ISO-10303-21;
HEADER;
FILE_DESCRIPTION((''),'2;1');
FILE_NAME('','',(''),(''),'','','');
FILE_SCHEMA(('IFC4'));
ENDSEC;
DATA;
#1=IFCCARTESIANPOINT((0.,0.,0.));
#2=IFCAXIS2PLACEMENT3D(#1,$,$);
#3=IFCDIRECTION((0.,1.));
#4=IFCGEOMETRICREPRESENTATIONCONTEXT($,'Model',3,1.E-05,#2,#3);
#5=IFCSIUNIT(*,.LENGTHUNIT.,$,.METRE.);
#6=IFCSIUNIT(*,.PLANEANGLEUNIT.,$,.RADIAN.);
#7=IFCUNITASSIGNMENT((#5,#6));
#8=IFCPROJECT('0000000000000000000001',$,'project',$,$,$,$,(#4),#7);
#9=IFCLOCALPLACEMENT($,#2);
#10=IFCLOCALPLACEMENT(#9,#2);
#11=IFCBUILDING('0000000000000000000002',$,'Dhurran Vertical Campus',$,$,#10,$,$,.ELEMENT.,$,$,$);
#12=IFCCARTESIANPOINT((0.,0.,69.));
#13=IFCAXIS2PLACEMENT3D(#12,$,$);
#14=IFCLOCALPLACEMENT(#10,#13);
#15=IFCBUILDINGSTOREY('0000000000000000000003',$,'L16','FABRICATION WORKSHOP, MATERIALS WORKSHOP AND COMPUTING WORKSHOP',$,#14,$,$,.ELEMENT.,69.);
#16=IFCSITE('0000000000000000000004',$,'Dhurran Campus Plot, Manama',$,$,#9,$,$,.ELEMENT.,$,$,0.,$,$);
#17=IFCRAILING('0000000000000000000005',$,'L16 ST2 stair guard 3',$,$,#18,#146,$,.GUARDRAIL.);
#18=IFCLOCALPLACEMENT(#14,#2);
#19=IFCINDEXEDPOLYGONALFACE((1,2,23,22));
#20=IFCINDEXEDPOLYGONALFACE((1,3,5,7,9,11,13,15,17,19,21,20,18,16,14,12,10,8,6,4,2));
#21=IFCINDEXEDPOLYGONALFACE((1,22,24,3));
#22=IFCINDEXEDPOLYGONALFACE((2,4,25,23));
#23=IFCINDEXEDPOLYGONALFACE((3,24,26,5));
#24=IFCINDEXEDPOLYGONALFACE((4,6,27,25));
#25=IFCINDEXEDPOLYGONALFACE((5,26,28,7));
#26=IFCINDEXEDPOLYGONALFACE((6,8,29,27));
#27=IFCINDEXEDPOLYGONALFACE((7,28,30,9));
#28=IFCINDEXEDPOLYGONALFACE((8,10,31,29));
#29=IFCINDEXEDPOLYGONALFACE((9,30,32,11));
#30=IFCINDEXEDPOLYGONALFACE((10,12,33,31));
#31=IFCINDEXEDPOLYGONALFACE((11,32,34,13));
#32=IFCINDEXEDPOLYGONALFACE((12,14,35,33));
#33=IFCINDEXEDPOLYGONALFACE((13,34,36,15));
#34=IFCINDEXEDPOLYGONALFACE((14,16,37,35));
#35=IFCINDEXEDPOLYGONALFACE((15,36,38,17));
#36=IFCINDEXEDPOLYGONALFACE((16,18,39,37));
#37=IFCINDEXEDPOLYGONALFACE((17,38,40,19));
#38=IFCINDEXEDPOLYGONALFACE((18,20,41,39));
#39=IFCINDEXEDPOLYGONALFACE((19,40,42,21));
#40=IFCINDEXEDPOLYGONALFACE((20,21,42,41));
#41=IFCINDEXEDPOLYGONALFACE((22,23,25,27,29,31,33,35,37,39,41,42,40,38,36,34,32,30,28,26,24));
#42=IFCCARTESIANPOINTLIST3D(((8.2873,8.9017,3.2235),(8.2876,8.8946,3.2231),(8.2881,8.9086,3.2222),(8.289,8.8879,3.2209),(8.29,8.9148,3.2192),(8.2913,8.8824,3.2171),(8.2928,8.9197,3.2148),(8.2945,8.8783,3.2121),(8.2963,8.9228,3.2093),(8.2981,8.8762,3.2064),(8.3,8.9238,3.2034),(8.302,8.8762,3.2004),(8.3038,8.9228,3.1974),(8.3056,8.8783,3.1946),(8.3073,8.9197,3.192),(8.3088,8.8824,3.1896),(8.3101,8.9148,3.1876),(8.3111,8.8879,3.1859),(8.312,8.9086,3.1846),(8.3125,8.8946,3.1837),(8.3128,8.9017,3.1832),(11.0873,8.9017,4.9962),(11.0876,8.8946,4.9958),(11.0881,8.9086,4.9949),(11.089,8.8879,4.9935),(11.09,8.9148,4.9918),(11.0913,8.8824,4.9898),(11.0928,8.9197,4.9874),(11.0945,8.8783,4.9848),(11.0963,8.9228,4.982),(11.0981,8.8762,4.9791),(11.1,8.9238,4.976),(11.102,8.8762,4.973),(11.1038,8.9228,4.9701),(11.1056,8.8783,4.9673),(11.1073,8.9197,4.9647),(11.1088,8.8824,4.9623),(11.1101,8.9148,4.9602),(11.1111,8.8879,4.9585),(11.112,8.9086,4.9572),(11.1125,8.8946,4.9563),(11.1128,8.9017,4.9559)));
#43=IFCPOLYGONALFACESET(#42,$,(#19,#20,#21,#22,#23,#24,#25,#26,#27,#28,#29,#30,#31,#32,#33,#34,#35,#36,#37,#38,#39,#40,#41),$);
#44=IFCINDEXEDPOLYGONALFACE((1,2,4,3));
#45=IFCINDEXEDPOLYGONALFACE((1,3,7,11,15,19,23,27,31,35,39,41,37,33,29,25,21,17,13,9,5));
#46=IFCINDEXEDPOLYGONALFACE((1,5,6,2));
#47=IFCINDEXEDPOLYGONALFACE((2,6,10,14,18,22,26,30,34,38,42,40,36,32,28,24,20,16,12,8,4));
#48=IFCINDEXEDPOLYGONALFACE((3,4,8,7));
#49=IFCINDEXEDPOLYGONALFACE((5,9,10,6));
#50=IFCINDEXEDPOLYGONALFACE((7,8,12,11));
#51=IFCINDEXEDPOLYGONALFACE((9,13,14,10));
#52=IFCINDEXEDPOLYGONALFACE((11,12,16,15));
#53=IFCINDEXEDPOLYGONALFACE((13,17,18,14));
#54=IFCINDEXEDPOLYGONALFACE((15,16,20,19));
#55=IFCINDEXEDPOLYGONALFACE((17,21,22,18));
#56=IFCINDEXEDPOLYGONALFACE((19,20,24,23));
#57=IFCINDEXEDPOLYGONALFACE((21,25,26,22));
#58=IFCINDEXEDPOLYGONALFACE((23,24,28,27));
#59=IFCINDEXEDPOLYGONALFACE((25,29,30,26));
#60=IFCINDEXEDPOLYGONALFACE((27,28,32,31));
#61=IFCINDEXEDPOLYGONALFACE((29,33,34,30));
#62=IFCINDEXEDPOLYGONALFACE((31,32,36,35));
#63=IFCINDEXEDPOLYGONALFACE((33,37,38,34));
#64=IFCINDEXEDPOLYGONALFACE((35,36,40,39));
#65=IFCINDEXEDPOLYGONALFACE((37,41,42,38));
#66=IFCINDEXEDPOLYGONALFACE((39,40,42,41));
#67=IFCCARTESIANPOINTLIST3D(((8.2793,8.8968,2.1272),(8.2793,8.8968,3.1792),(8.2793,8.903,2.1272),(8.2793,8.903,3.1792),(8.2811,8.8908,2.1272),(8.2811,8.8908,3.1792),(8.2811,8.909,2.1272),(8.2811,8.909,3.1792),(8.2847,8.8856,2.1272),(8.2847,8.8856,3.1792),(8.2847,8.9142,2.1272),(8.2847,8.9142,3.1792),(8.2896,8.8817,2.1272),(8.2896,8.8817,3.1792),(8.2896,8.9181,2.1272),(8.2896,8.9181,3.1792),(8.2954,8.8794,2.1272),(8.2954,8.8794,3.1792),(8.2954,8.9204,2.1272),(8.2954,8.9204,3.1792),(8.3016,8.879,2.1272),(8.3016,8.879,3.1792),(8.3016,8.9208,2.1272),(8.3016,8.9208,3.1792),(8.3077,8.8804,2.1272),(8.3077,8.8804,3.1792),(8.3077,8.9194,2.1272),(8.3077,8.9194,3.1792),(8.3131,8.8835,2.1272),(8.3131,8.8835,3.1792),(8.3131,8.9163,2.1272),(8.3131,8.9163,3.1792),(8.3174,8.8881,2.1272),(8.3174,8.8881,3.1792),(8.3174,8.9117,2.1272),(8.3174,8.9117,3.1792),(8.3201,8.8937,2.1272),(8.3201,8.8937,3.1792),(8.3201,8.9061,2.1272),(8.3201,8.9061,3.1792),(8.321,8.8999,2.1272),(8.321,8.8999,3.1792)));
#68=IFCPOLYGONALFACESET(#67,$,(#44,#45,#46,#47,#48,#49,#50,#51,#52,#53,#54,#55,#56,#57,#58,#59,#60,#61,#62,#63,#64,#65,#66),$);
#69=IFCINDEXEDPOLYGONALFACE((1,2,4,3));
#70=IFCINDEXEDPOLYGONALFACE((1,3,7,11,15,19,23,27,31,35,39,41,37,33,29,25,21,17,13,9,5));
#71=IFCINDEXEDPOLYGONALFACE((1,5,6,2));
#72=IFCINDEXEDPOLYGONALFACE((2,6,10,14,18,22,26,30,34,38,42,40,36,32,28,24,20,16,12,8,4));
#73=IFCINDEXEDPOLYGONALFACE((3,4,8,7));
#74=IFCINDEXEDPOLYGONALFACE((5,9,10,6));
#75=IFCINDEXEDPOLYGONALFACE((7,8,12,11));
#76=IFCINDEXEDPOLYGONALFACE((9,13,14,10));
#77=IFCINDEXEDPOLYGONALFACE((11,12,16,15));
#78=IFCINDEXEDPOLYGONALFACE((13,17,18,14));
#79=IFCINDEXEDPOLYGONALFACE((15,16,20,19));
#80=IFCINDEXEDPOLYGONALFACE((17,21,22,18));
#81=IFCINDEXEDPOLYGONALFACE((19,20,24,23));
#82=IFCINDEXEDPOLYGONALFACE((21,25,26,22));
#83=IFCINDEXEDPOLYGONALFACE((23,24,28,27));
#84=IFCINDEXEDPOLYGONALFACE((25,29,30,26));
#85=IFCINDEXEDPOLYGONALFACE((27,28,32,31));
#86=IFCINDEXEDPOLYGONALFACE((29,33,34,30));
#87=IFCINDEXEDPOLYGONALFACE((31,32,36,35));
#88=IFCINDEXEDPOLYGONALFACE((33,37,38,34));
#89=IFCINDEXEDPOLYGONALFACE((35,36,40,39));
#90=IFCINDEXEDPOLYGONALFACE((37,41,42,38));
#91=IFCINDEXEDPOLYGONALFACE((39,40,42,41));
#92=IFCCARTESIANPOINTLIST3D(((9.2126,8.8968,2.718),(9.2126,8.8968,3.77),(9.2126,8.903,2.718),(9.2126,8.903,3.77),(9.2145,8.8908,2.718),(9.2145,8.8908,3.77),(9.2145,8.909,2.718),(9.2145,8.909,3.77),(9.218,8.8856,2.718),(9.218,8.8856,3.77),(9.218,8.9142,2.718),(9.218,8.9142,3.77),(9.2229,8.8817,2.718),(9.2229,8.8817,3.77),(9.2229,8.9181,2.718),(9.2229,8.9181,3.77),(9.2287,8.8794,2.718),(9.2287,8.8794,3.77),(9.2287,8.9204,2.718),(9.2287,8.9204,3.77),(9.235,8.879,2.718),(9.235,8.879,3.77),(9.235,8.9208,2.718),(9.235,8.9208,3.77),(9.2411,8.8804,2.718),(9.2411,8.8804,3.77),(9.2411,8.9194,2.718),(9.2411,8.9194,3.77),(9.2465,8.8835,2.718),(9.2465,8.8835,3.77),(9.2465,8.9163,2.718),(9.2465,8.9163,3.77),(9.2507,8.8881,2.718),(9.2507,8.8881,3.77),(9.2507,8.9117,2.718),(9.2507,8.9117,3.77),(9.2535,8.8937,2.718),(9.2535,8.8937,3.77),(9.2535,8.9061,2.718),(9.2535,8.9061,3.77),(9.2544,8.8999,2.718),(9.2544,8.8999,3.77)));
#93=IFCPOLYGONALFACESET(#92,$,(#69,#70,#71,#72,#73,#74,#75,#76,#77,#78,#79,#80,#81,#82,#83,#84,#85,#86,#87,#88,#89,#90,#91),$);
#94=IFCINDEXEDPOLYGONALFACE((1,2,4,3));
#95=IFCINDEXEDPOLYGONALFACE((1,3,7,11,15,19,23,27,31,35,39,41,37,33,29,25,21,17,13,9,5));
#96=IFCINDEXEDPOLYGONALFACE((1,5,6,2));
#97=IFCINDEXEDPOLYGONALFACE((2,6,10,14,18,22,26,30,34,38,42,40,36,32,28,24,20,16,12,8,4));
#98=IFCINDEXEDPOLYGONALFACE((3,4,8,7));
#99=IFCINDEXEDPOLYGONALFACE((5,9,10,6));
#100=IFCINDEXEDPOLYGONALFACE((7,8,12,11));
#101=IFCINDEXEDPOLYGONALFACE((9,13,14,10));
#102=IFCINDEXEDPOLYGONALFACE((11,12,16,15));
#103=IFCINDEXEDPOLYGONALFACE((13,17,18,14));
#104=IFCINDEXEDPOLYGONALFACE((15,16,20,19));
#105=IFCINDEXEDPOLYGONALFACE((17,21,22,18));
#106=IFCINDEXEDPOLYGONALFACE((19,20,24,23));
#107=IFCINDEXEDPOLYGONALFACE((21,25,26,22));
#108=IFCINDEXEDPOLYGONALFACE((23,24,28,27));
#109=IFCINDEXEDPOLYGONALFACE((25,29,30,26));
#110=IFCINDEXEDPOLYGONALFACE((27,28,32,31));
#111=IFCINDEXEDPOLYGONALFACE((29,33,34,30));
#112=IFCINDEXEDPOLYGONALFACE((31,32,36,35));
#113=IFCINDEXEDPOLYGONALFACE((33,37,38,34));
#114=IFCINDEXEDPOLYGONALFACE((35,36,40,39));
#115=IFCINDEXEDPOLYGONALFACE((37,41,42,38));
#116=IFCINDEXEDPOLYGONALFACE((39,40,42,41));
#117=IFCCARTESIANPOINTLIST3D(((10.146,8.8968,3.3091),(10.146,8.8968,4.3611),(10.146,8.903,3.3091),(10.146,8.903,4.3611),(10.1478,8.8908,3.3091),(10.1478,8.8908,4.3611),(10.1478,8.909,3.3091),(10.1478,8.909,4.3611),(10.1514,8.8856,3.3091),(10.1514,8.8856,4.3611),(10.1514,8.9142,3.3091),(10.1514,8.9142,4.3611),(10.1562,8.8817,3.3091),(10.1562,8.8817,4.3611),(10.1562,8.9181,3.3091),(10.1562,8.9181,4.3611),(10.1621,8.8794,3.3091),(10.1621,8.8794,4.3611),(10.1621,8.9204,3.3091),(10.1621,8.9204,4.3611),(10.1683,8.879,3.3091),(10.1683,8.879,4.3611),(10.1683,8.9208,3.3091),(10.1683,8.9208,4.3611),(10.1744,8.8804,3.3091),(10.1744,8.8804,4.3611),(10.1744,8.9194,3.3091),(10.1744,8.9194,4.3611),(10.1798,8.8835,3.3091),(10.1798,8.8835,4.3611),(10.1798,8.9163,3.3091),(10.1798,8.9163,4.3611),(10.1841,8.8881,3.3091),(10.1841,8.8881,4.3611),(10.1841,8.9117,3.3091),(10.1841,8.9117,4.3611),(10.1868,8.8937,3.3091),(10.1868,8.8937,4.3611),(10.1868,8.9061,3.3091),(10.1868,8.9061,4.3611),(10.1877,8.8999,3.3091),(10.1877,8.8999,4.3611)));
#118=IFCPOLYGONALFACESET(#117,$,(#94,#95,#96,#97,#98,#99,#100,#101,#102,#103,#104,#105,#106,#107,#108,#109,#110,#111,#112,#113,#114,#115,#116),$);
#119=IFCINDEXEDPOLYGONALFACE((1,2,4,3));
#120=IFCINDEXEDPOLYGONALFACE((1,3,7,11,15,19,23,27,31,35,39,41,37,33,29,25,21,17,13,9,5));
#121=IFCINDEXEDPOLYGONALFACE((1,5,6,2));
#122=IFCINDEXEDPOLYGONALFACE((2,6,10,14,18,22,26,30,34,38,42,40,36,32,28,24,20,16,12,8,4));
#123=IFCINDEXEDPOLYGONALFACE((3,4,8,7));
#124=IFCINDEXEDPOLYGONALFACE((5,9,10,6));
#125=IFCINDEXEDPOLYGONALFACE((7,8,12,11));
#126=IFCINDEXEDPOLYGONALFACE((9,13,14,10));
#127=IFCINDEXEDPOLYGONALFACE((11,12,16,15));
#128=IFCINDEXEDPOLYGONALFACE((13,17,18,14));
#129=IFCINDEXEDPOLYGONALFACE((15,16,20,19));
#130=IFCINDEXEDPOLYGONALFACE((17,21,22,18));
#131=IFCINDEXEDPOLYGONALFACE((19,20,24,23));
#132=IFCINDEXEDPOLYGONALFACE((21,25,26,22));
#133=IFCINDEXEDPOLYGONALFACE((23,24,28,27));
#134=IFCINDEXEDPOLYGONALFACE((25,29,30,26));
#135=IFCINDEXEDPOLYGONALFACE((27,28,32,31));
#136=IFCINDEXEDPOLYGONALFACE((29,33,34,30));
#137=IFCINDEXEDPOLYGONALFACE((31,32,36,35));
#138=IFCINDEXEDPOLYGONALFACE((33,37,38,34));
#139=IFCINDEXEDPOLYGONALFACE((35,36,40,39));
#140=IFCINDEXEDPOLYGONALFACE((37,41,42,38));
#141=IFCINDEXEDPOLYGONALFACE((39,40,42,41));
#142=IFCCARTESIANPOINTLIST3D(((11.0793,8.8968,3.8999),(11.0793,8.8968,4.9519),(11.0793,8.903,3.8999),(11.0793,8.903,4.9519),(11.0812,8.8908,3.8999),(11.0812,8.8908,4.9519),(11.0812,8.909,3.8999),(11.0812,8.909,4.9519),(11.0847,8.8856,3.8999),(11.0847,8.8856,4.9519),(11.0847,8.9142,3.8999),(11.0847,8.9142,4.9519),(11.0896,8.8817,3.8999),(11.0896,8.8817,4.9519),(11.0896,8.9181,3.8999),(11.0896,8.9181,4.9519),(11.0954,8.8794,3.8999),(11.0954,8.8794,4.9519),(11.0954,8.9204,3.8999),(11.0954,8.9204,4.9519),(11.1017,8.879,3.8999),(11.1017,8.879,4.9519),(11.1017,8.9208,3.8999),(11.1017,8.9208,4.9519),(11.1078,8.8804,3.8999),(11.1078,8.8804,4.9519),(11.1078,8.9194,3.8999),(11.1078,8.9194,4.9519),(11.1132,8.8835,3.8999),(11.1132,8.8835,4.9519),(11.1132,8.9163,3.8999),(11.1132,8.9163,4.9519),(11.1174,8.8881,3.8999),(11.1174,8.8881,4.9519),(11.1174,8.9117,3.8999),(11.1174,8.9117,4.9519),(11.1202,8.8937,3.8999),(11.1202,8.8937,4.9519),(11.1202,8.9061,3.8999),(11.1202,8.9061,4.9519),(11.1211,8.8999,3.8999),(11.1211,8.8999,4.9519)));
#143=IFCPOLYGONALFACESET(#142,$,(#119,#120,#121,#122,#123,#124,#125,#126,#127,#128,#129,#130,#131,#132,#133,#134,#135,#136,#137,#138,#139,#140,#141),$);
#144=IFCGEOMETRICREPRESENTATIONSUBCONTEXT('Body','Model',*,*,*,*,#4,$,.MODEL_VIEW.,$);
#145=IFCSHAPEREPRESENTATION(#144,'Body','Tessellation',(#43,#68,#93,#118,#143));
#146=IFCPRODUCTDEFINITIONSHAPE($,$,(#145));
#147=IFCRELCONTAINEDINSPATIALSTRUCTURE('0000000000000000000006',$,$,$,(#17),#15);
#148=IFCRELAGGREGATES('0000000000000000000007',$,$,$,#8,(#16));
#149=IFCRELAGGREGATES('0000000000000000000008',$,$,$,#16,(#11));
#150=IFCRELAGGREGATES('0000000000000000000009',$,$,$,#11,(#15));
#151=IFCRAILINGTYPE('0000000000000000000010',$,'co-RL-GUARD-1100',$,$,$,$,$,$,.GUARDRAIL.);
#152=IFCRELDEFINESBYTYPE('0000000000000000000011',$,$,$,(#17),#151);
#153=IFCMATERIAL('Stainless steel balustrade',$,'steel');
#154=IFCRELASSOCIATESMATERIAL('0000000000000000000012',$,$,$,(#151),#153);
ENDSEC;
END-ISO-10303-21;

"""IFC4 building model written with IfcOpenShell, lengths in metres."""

from ifc_helpers import new_model, si_unit, direction, frame, origin, origin_2d, place, context, subcontext, project, spatial, circle, extrude, material, type_object, element, save


model = new_model("IFC4")

# Units and contexts
model_context = context("Model", 3, precision=1e-05, world=origin(), true_north=direction((0.0, 1.0)))
body_context = subcontext(model_context, "Body", "Model", "MODEL_VIEW")
ifc_project = project(units=[si_unit("LENGTHUNIT", "METRE"), si_unit("PLANEANGLEUNIT", "RADIAN")], contexts=[model_context])

# Site, building, storey
site_placement = place(None, origin())
site = spatial("IfcSite", under=ifc_project, at=site_placement, Name="Dhurran Campus Plot, Manama", CompositionType="ELEMENT", RefElevation=0.0)
building_placement = place(site_placement, origin())
building = spatial("IfcBuilding", under=site, at=building_placement, Name="Dhurran Vertical Campus", CompositionType="ELEMENT")
storey_placement = place(building_placement, frame((0.0, 0.0, 69.0)))
storey = spatial("IfcBuildingStorey", under=building, at=storey_placement, Name="L16", Description="FABRICATION WORKSHOP, MATERIALS WORKSHOP AND COMPUTING WORKSHOP", CompositionType="ELEMENT", Elevation=69.0)

# Railing
ifc_material_1 = material(Name="Stainless steel balustrade", Category="steel")
railing_type_1 = type_object("IfcRailingType", Name="co-RL-GUARD-1100", PredefinedType="GUARDRAIL", material=ifc_material_1)
railing_1_placement = place(storey_placement, frame((8.3, 8.8999, 2.1272)))
element("IfcRailing", 1, at=railing_1_placement, inside=storey, type_object=railing_type_1, Name="L16 ST2 stair guard 3", PredefinedType="GUARDRAIL", context=body_context, shape_type="SweptSolid", body=[
    extrude(circle(Radius=0.0239, at=origin_2d()), frame((0.0, 0.0, 1.0762), z_axis=(0.844909, 0.0, 0.53491), x_axis=(0.0, 1.0, 0.0)), (0.0, 0.0, 1.0), 3.314),
    extrude(circle(Radius=0.021, at=origin_2d()), origin(), (0.0, 0.0, 1.0), 1.052),
    extrude(circle(Radius=0.021, at=origin_2d()), frame((0.9333, 0.0, 0.5908)), (0.0, 0.0, 1.0), 1.052),
    extrude(circle(Radius=0.021, at=origin_2d()), frame((1.8667, 0.0, 1.1819)), (0.0, 0.0, 1.0), 1.052),
    extrude(circle(Radius=0.021, at=origin_2d()), frame((2.8, 0.0, 1.7727)), (0.0, 0.0, 1.0), 1.052),
])

save(model, "model.ifc")
